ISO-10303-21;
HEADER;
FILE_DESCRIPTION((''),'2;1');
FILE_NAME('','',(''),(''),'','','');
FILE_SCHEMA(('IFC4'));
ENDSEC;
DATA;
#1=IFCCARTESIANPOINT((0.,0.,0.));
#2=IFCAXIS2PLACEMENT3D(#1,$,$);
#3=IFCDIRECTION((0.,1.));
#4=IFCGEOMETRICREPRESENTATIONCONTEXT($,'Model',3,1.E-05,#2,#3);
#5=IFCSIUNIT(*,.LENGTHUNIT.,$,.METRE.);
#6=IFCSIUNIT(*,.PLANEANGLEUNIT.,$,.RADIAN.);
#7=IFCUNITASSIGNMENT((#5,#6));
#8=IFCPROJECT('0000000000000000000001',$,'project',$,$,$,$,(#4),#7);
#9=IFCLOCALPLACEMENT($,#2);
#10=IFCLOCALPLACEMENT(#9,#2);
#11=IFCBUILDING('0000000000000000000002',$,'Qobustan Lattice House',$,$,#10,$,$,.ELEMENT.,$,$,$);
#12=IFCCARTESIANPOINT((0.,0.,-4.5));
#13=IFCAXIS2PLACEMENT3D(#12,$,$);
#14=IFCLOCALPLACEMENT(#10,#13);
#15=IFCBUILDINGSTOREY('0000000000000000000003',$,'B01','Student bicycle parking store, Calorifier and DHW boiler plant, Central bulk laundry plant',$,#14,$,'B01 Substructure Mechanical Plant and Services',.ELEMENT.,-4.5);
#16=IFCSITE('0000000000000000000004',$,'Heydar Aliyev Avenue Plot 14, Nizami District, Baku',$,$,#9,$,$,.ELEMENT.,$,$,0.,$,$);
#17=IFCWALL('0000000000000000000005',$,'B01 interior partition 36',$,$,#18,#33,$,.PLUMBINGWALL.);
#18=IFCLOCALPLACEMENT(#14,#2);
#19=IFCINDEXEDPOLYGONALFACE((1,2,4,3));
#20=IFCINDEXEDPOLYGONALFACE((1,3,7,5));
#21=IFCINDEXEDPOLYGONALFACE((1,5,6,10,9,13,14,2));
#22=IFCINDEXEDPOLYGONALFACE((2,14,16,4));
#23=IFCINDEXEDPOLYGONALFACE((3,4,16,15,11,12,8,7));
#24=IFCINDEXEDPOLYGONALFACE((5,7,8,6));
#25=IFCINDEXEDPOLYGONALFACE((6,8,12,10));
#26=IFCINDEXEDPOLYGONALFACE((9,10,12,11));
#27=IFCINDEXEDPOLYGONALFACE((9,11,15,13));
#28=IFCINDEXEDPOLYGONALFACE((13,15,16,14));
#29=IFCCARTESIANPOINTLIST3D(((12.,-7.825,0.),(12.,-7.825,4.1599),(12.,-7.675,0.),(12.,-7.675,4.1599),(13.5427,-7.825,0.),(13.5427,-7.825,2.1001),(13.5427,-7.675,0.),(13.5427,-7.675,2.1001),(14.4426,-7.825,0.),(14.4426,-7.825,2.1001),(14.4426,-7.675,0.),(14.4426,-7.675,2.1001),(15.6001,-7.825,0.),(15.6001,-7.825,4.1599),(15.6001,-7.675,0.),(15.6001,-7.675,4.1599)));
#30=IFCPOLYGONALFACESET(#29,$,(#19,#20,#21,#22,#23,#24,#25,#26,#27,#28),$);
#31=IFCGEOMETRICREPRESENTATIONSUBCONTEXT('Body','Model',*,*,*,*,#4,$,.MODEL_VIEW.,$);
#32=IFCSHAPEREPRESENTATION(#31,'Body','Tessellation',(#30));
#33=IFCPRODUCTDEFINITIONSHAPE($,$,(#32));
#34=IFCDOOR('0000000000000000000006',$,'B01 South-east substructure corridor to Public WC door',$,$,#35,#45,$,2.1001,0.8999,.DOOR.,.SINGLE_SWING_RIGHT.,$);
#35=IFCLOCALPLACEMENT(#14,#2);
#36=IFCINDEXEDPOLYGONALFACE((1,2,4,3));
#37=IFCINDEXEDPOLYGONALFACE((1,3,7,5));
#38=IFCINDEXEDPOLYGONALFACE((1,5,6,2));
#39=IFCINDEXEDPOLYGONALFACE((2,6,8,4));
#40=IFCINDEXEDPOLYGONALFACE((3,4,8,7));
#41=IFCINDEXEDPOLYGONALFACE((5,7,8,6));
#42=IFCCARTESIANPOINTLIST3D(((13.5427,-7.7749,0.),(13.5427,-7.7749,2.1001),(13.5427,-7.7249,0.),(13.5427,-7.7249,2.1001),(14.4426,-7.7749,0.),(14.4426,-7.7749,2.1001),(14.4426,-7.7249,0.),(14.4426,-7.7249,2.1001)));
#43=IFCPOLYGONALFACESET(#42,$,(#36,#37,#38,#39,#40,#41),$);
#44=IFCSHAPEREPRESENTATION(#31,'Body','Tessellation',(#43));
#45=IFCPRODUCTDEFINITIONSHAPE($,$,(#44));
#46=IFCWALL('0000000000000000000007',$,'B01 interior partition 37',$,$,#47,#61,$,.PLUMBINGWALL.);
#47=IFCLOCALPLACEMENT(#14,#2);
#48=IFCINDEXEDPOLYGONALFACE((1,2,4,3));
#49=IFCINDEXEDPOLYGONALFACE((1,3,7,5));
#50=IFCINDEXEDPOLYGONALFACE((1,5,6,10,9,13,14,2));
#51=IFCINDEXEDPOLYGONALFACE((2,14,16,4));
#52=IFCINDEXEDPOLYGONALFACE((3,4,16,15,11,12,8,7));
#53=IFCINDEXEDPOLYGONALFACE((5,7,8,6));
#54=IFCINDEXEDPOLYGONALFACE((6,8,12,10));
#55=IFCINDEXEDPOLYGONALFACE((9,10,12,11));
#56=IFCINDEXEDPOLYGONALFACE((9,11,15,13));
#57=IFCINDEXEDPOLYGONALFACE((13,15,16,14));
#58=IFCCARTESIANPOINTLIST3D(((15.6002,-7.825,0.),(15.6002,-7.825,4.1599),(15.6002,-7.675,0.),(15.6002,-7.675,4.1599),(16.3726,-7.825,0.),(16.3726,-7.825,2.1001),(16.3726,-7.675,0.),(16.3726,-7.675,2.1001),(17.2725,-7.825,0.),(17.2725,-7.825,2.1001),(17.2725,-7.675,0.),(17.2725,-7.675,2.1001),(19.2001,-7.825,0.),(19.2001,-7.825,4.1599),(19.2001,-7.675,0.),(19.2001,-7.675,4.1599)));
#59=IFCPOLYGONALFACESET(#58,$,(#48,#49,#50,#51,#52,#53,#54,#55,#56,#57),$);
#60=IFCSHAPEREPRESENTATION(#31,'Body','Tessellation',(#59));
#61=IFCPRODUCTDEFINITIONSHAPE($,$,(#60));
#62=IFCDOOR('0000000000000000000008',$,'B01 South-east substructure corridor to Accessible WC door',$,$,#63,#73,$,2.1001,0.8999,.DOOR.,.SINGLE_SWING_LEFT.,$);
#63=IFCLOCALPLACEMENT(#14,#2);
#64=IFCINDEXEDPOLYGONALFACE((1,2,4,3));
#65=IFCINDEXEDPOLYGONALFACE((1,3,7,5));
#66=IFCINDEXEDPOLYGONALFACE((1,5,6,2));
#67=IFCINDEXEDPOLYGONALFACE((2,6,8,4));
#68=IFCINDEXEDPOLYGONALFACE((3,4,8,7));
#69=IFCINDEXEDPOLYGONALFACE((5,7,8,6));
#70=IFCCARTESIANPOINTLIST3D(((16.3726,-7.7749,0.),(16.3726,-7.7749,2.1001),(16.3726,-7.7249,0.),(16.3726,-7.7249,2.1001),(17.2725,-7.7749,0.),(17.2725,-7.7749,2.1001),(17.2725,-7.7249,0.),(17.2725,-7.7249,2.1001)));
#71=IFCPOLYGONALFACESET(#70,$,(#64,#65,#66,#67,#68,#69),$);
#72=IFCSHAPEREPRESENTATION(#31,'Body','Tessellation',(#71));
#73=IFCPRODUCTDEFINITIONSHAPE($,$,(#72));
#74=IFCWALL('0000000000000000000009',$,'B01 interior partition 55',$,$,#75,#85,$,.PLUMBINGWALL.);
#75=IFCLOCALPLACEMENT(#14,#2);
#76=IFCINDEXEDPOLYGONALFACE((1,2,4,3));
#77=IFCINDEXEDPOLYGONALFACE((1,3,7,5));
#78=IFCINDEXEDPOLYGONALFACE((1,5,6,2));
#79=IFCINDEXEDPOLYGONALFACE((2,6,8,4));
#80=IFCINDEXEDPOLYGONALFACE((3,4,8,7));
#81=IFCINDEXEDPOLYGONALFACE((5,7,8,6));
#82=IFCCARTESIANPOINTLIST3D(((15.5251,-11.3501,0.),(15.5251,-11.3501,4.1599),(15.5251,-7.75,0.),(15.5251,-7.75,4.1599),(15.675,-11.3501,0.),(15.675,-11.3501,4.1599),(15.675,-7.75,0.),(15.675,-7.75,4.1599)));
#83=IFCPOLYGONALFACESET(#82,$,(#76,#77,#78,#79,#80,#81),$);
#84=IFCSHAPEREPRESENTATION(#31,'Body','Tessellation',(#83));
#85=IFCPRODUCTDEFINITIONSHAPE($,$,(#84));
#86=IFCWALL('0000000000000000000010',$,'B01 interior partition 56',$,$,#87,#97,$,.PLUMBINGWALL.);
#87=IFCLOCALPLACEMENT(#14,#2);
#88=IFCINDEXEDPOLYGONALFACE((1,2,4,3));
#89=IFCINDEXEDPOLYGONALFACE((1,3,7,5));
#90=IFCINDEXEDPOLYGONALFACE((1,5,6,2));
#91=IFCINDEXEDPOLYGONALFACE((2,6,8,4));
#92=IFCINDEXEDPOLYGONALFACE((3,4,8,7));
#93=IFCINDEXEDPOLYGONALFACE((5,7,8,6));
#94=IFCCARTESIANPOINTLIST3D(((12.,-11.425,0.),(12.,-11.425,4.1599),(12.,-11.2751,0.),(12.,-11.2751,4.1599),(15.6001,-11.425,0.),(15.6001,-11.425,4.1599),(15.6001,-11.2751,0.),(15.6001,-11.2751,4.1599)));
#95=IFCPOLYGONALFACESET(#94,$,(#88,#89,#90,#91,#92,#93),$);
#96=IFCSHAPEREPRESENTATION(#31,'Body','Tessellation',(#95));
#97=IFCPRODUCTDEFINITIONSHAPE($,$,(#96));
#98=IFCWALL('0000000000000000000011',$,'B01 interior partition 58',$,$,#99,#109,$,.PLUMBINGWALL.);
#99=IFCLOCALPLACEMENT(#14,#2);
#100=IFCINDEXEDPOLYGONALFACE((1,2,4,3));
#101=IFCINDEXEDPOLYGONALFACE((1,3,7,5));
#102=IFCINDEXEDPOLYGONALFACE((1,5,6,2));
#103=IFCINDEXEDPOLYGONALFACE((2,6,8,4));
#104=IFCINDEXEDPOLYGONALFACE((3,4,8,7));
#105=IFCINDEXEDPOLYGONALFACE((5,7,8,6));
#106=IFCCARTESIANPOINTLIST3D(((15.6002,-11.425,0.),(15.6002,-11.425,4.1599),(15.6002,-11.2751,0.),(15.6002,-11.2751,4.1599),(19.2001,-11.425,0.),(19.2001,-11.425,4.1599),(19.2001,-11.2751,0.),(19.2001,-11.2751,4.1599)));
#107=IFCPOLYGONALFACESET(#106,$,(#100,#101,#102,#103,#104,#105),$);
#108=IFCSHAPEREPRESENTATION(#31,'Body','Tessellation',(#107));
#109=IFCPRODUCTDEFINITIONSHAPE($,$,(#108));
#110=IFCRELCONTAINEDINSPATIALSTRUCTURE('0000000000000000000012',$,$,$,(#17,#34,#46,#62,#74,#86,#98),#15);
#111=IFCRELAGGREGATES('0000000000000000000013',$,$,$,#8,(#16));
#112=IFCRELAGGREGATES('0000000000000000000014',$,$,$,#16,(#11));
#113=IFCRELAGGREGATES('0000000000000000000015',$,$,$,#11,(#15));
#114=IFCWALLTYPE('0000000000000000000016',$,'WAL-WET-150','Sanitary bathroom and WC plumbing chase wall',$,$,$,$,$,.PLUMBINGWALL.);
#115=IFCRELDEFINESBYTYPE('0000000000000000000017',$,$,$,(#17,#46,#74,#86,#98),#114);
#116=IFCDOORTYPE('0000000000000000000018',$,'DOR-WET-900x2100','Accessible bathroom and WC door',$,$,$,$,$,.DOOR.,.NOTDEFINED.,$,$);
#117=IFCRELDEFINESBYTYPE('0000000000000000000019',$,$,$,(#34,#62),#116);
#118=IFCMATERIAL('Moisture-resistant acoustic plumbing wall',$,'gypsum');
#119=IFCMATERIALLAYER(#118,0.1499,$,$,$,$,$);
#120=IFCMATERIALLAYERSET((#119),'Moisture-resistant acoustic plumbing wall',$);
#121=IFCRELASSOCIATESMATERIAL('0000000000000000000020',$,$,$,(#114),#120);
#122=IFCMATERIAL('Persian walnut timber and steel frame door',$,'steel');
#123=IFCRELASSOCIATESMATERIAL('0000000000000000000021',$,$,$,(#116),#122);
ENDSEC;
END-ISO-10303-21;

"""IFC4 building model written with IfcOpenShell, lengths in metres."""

from ifc_helpers import new_model, si_unit, direction, frame, frame_2d, origin, place, context, subcontext, project, spatial, rectangle, extrude, material, layer, layer_set, type_object, element, fill, save


model = new_model("IFC4")

# Units and contexts
model_context = context("Model", 3, precision=1e-05, world=origin(), true_north=direction((0.0, 1.0)))
body_context = subcontext(model_context, "Body", "Model", "MODEL_VIEW")
ifc_project = project(units=[si_unit("LENGTHUNIT", "METRE"), si_unit("PLANEANGLEUNIT", "RADIAN")], contexts=[model_context])

# Site, building, storey
site_placement = place(None, origin())
site = spatial("IfcSite", under=ifc_project, at=site_placement, Name="Heydar Aliyev Avenue Plot 14, Nizami District, Baku", CompositionType="ELEMENT", RefElevation=0.0)
building_placement = place(site_placement, origin())
building = spatial("IfcBuilding", under=site, at=building_placement, Name="Qobustan Lattice House", CompositionType="ELEMENT")
storey_placement = place(building_placement, frame((0.0, 0.0, -4.5)))
storey = spatial("IfcBuildingStorey", under=building, at=storey_placement, Name="B01", Description="Student bicycle parking store, Calorifier and DHW boiler plant, Central bulk laundry plant", LongName="B01 Substructure Mechanical Plant and Services", CompositionType="ELEMENT", Elevation=-4.5)

# Walls, openings, doors
ifc_material_1 = material(Name="Moisture-resistant acoustic plumbing wall", Category="gypsum")
ifc_layer_1 = layer(ifc_material_1, 0.1499)
ifc_layer_set_1 = layer_set([ifc_layer_1], Name="Moisture-resistant acoustic plumbing wall")
wall_type_1 = type_object("IfcWallType", Name="WAL-WET-150", Description="Sanitary bathroom and WC plumbing chase wall", PredefinedType="PLUMBINGWALL", material=ifc_layer_set_1)
wall_1_placement = place(storey_placement, frame((15.6001, -7.75, 0.0), z_axis=(0.0, 0.0, 1.0), x_axis=(-1.0, 0.0, 0.0)))
wall_1 = element("IfcWall", 1, at=wall_1_placement, inside=storey, type_object=wall_type_1, Name="B01 interior partition 36", PredefinedType="PLUMBINGWALL", context=body_context, shape_type="SweptSolid", body=[
    extrude(rectangle(XDim=3.6001, YDim=0.1499, at=frame_2d((1.8, 0.0))), origin(), (0.0, 0.0, 1.0), 4.1599),
])
opening_1_placement = place(wall_1_placement, frame((1.1575, 0.0, 0.0)))
opening_1 = element("IfcOpeningElement", 2, at=opening_1_placement, cuts=wall_1, PredefinedType="OPENING", context=body_context, shape_type="SweptSolid", body=[
    extrude(rectangle(XDim=0.8999, YDim=2.1001, at=frame_2d((0.45, 1.05))), frame((0.0, 0.085, 0.0), z_axis=(0.0, -1.0, 0.0), x_axis=(1.0, 0.0, 0.0)), (0.0, 0.0, 1.0), 0.1699),
])
ifc_material_2 = material(Name="Persian walnut timber and steel frame door", Category="steel")
door_type_1 = type_object("IfcDoorType", Name="DOR-WET-900x2100", Description="Accessible bathroom and WC door", OperationType="NOTDEFINED", PredefinedType="DOOR", material=ifc_material_2)
door_1_placement = place(opening_1_placement, origin())
door_1 = element("IfcDoor", 3, at=door_1_placement, inside=storey, type_object=door_type_1, Name="B01 South-east substructure corridor to Public WC door", OperationType="SINGLE_SWING_RIGHT", OverallHeight=2.1001, OverallWidth=0.8999, PredefinedType="DOOR", context=body_context, shape_type="SweptSolid", body=[
    extrude(rectangle(XDim=0.8999, YDim=2.1001, at=frame_2d((0.45, 1.05))), frame((0.0, 0.0249, 0.0), z_axis=(0.0, -1.0, 0.0), x_axis=(1.0, 0.0, 0.0)), (0.0, 0.0, 1.0), 0.05),
])
fill(opening_1, door_1)
wall_2_placement = place(storey_placement, frame((19.2, -7.75, 0.0), z_axis=(0.0, 0.0, 1.0), x_axis=(-1.0, 0.0, 0.0)))
wall_2 = element("IfcWall", 4, at=wall_2_placement, inside=storey, type_object=wall_type_1, Name="B01 interior partition 37", PredefinedType="PLUMBINGWALL", context=body_context, shape_type="SweptSolid", body=[
    extrude(rectangle(XDim=3.5999, YDim=0.1499, at=frame_2d((1.7998, 0.0))), origin(), (0.0, 0.0, 1.0), 4.1599),
])
opening_2_placement = place(wall_2_placement, frame((1.9275, 0.0, 0.0)))
opening_2 = element("IfcOpeningElement", 5, at=opening_2_placement, cuts=wall_2, PredefinedType="OPENING", context=body_context, shape_type="SweptSolid", body=[
    extrude(rectangle(XDim=0.8999, YDim=2.1001, at=frame_2d((0.45, 1.05))), frame((0.0, 0.085, 0.0), z_axis=(0.0, -1.0, 0.0), x_axis=(1.0, 0.0, 0.0)), (0.0, 0.0, 1.0), 0.1699),
])
door_2_placement = place(opening_2_placement, origin())
door_2 = element("IfcDoor", 6, at=door_2_placement, inside=storey, type_object=door_type_1, Name="B01 South-east substructure corridor to Accessible WC door", OperationType="SINGLE_SWING_LEFT", OverallHeight=2.1001, OverallWidth=0.8999, PredefinedType="DOOR", context=body_context, shape_type="SweptSolid", body=[
    extrude(rectangle(XDim=0.8999, YDim=2.1001, at=frame_2d((0.45, 1.05))), frame((0.0, 0.0249, 0.0), z_axis=(0.0, -1.0, 0.0), x_axis=(1.0, 0.0, 0.0)), (0.0, 0.0, 1.0), 0.05),
])
fill(opening_2, door_2)

# Walls
for number, where, z_axis, x_axis, name in (
    (7, (15.6001, -7.75, 0.0), (0.0, 0.0, 1.0), (0.0, -1.0, 0.0), "B01 interior partition 55"),
    (8, (15.6001, -11.3501, 0.0), (0.0, 0.0, 1.0), (-1.0, 0.0, 0.0), "B01 interior partition 56"),
):
    element("IfcWall", number, at=place(storey_placement, frame(where, z_axis=z_axis, x_axis=x_axis)), inside=storey, type_object=wall_type_1, Name=name, PredefinedType="PLUMBINGWALL", context=body_context, shape_type="SweptSolid", body=[
        extrude(rectangle(XDim=3.6001, YDim=0.1499, at=frame_2d((1.8, 0.0))), origin(), (0.0, 0.0, 1.0), 4.1599),
    ])
wall_3_placement = place(storey_placement, frame((19.2, -11.3501, 0.0), z_axis=(0.0, 0.0, 1.0), x_axis=(-1.0, 0.0, 0.0)))
element("IfcWall", 9, at=wall_3_placement, inside=storey, type_object=wall_type_1, Name="B01 interior partition 58", PredefinedType="PLUMBINGWALL", context=body_context, shape_type="SweptSolid", body=[
    extrude(rectangle(XDim=3.5999, YDim=0.1499, at=frame_2d((1.7998, 0.0))), origin(), (0.0, 0.0, 1.0), 4.1599),
])

save(model, "model.ifc")
